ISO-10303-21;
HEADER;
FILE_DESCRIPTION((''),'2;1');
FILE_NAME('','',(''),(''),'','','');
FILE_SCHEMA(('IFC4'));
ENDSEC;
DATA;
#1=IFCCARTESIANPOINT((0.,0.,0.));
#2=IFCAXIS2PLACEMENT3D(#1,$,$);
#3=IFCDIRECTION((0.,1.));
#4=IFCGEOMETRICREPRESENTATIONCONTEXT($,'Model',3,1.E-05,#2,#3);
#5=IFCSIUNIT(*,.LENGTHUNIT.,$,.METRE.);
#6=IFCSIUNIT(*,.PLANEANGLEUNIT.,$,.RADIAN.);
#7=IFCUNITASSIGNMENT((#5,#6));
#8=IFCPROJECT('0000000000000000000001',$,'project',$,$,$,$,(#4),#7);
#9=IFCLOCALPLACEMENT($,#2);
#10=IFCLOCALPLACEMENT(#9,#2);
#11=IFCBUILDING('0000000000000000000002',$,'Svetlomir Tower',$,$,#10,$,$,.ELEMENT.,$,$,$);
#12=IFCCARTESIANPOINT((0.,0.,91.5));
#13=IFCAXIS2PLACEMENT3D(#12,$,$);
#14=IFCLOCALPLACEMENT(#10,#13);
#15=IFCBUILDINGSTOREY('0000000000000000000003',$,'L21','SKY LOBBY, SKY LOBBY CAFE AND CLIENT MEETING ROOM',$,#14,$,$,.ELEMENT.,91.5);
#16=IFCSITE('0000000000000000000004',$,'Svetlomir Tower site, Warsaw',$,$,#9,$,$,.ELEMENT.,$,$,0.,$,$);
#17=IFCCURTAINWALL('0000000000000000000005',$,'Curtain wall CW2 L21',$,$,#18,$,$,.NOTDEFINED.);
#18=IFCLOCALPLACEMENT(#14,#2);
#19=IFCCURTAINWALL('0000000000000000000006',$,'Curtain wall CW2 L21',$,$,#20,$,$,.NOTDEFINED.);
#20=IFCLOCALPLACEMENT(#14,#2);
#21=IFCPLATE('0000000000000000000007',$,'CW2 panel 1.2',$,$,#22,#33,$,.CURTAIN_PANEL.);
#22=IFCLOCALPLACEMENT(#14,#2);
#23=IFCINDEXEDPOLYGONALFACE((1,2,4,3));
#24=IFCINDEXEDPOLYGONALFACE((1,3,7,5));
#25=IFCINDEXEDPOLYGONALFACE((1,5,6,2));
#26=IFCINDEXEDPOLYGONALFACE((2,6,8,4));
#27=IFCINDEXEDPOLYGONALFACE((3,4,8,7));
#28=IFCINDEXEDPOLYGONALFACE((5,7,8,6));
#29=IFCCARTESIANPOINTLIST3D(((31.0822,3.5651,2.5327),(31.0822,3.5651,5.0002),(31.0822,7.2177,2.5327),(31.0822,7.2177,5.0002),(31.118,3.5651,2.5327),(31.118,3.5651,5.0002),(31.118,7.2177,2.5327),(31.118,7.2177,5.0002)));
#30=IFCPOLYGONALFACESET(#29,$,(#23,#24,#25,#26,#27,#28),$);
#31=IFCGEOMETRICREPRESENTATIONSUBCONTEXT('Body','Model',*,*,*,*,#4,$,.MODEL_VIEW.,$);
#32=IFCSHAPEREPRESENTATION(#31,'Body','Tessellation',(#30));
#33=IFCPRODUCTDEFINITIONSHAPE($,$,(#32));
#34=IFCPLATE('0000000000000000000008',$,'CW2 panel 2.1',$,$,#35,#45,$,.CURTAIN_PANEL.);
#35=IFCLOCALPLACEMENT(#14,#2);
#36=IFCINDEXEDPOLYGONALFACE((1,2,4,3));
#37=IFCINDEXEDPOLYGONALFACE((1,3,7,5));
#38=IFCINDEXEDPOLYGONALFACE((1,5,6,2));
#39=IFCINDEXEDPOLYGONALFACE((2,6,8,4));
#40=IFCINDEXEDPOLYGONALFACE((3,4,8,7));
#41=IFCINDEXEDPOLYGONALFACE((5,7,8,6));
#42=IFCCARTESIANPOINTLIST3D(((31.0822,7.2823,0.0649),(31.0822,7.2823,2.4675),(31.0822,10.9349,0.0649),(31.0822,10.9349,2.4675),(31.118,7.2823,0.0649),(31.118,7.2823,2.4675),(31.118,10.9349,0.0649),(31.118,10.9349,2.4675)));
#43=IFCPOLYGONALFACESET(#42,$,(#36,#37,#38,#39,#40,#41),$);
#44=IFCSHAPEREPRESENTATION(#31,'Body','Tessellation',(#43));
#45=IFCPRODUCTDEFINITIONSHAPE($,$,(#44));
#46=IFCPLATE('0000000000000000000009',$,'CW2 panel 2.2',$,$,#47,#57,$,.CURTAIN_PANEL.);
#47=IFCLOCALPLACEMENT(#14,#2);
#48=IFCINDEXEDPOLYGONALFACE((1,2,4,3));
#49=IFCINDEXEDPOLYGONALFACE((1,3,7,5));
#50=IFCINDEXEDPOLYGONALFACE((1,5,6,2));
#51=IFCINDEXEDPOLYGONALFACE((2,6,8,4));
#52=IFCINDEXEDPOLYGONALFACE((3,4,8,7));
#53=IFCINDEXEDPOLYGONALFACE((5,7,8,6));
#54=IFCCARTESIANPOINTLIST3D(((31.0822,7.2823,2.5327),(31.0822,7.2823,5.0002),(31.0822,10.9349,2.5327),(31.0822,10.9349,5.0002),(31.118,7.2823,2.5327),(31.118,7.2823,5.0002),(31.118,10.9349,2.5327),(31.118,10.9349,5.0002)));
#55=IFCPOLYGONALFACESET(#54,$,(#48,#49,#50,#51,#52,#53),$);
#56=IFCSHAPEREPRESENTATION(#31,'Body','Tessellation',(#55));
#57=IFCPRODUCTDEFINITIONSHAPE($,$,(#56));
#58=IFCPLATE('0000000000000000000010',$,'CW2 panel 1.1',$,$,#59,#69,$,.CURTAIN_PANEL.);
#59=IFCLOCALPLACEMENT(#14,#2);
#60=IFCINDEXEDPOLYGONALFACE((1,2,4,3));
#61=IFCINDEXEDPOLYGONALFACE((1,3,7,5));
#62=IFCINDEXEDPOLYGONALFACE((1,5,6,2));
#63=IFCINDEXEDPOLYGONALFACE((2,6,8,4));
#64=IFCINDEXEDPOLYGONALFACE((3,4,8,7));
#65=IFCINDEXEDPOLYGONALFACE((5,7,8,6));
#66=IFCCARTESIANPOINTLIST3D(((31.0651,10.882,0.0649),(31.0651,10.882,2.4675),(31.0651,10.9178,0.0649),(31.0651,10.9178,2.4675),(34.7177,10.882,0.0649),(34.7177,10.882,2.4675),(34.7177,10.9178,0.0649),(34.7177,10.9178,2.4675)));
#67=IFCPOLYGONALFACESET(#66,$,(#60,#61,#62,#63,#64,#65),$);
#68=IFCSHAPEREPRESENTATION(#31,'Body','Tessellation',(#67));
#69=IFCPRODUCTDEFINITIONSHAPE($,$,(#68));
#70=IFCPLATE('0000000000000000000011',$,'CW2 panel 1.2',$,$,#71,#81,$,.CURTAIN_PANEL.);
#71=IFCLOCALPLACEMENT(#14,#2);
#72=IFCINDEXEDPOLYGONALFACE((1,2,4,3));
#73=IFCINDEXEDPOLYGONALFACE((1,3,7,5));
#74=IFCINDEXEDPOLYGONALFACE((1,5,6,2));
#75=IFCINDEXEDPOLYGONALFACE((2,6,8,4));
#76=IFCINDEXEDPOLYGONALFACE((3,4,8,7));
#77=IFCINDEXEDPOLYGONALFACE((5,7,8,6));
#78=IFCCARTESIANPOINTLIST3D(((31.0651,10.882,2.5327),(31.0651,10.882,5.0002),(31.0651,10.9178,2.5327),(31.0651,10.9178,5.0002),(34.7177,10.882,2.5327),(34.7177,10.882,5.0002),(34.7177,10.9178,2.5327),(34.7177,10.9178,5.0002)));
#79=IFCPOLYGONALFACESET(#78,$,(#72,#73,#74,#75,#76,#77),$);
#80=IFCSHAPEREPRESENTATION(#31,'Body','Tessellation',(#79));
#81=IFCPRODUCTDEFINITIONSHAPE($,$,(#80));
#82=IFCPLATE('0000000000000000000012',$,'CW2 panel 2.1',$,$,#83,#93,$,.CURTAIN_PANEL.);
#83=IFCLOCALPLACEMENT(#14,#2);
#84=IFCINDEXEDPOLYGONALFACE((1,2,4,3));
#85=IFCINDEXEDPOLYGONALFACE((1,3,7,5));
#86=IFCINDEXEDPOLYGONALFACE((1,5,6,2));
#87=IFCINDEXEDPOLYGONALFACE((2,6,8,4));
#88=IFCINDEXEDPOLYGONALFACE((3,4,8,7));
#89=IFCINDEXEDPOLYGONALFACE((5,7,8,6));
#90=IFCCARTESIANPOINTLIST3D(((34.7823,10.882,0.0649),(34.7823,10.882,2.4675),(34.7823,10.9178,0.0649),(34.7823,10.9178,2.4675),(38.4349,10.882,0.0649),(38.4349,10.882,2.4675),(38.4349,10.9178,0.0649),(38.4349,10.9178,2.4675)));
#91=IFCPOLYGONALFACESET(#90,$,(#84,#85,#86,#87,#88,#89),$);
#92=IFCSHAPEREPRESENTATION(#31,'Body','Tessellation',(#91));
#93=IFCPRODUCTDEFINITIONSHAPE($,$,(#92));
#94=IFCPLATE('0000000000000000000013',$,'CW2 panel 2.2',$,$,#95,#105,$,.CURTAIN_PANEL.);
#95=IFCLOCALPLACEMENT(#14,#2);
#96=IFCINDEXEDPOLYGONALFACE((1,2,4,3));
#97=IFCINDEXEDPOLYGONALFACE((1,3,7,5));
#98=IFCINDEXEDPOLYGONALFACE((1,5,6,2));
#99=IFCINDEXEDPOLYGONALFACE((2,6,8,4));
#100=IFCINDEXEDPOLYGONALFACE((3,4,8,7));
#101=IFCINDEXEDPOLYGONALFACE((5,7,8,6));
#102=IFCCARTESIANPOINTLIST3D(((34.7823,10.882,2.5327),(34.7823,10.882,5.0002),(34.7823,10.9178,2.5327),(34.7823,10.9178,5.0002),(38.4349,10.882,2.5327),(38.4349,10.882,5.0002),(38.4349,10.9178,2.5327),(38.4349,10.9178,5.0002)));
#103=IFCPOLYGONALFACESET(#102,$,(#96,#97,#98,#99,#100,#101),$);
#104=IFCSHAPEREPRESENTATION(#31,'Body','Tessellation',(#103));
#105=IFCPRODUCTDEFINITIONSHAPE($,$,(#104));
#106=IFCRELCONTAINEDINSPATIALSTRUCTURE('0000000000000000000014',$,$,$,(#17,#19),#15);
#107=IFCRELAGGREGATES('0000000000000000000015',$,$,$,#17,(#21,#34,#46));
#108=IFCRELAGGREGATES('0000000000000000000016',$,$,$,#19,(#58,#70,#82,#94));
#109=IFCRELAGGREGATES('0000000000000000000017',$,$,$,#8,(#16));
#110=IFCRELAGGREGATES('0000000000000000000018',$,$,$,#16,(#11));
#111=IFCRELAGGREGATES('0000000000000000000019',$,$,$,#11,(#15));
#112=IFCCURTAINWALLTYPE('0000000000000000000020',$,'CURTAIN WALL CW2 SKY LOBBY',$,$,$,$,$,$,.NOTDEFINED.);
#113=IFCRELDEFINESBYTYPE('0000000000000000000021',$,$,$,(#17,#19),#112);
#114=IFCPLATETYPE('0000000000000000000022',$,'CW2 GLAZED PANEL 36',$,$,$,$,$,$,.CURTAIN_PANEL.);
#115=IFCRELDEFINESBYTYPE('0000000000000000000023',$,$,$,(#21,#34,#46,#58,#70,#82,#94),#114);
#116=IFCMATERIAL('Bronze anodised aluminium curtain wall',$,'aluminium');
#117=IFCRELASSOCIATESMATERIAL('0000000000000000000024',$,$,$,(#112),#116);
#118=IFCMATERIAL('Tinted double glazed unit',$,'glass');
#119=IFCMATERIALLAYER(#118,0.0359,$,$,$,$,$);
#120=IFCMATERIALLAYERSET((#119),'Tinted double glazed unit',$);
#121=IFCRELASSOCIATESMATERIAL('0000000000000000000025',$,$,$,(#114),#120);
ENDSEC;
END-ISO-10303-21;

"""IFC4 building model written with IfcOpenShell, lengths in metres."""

from ifc_helpers import new_model, si_unit, direction, frame, origin, origin_2d, place, context, subcontext, project, spatial, rectangle, extrude, material, layer, layer_set, type_object, element, aggregate, save


model = new_model("IFC4")

# Units and contexts
model_context = context("Model", 3, precision=1e-05, world=origin(), true_north=direction((0.0, 1.0)))
body_context = subcontext(model_context, "Body", "Model", "MODEL_VIEW")
ifc_project = project(units=[si_unit("LENGTHUNIT", "METRE"), si_unit("PLANEANGLEUNIT", "RADIAN")], contexts=[model_context])

# Site, building, storey
site_placement = place(None, origin())
site = spatial("IfcSite", under=ifc_project, at=site_placement, Name="Svetlomir Tower site, Warsaw", CompositionType="ELEMENT", RefElevation=0.0)
building_placement = place(site_placement, origin())
building = spatial("IfcBuilding", under=site, at=building_placement, Name="Svetlomir Tower", CompositionType="ELEMENT")
storey_placement = place(building_placement, frame((0.0, 0.0, 91.5)))
storey = spatial("IfcBuildingStorey", under=building, at=storey_placement, Name="L21", Description="SKY LOBBY, SKY LOBBY CAFE AND CLIENT MEETING ROOM", CompositionType="ELEMENT", Elevation=91.5)

# Curtain walls
ifc_material_1 = material(Name="Bronze anodised aluminium curtain wall", Category="aluminium")
curtain_wall_type = type_object("IfcCurtainWallType", Name="CURTAIN WALL CW2 SKY LOBBY", PredefinedType="NOTDEFINED", material=ifc_material_1)
curtain_wall_1_placement = place(storey_placement, origin())
curtain_wall_1 = element("IfcCurtainWall", 1, at=curtain_wall_1_placement, inside=storey, type_object=curtain_wall_type, Name="Curtain wall CW2 L21", PredefinedType="NOTDEFINED")
curtain_wall_2_placement = place(storey_placement, origin())
curtain_wall_2 = element("IfcCurtainWall", 2, at=curtain_wall_2_placement, inside=storey, type_object=curtain_wall_type, Name="Curtain wall CW2 L21", PredefinedType="NOTDEFINED")

# Plates
ifc_material_2 = material(Name="Tinted double glazed unit", Category="glass")
ifc_layer = layer(ifc_material_2, 0.0359)
ifc_layer_set = layer_set([ifc_layer], Name="Tinted double glazed unit")
plate_type = type_object("IfcPlateType", Name="CW2 GLAZED PANEL 36", PredefinedType="CURTAIN_PANEL", material=ifc_layer_set)
plate_1_placement = place(storey_placement, frame((31.1001, 5.3914, 2.5327), z_axis=(0.0, 0.0, 1.0), x_axis=(0.0, 1.0, 0.0)))
plate_1 = element("IfcPlate", 3, at=plate_1_placement, type_object=plate_type, Name="CW2 panel 1.2", PredefinedType="CURTAIN_PANEL", context=body_context, shape_type="SweptSolid", body=[
    extrude(rectangle(XDim=3.6526, YDim=0.0359, at=origin_2d()), origin(), (0.0, 0.0, 1.0), 2.4675),
])
plate_2_placement = place(storey_placement, frame((31.1001, 9.1086, 0.0649), z_axis=(0.0, 0.0, 1.0), x_axis=(0.0, 1.0, 0.0)))
plate_2 = element("IfcPlate", 4, at=plate_2_placement, type_object=plate_type, Name="CW2 panel 2.1", PredefinedType="CURTAIN_PANEL", context=body_context, shape_type="SweptSolid", body=[
    extrude(rectangle(XDim=3.6526, YDim=0.0359, at=origin_2d()), origin(), (0.0, 0.0, 1.0), 2.4026),
])
plate_3_placement = place(storey_placement, frame((31.1001, 9.1086, 2.5327), z_axis=(0.0, 0.0, 1.0), x_axis=(0.0, 1.0, 0.0)))
plate_3 = element("IfcPlate", 5, at=plate_3_placement, type_object=plate_type, Name="CW2 panel 2.2", PredefinedType="CURTAIN_PANEL", context=body_context, shape_type="SweptSolid", body=[
    extrude(rectangle(XDim=3.6526, YDim=0.0359, at=origin_2d()), origin(), (0.0, 0.0, 1.0), 2.4675),
])
aggregate(curtain_wall_1, [plate_1, plate_2, plate_3])
plate_4_placement = place(storey_placement, frame((32.8914, 10.8999, 0.0649), z_axis=(0.0, 0.0, 1.0), x_axis=(1.0, 0.0, 0.0)))
plate_4 = element("IfcPlate", 6, at=plate_4_placement, type_object=plate_type, Name="CW2 panel 1.1", PredefinedType="CURTAIN_PANEL", context=body_context, shape_type="SweptSolid", body=[
    extrude(rectangle(XDim=3.6526, YDim=0.0359, at=origin_2d()), origin(), (0.0, 0.0, 1.0), 2.4026),
])
plate_5_placement = place(storey_placement, frame((32.8914, 10.8999, 2.5327), z_axis=(0.0, 0.0, 1.0), x_axis=(1.0, 0.0, 0.0)))
plate_5 = element("IfcPlate", 7, at=plate_5_placement, type_object=plate_type, Name="CW2 panel 1.2", PredefinedType="CURTAIN_PANEL", context=body_context, shape_type="SweptSolid", body=[
    extrude(rectangle(XDim=3.6526, YDim=0.0359, at=origin_2d()), origin(), (0.0, 0.0, 1.0), 2.4675),
])
plate_6_placement = place(storey_placement, frame((36.6086, 10.8999, 0.0649), z_axis=(0.0, 0.0, 1.0), x_axis=(1.0, 0.0, 0.0)))
plate_6 = element("IfcPlate", 8, at=plate_6_placement, type_object=plate_type, Name="CW2 panel 2.1", PredefinedType="CURTAIN_PANEL", context=body_context, shape_type="SweptSolid", body=[
    extrude(rectangle(XDim=3.6526, YDim=0.0359, at=origin_2d()), origin(), (0.0, 0.0, 1.0), 2.4026),
])
plate_7_placement = place(storey_placement, frame((36.6086, 10.8999, 2.5327), z_axis=(0.0, 0.0, 1.0), x_axis=(1.0, 0.0, 0.0)))
plate_7 = element("IfcPlate", 9, at=plate_7_placement, type_object=plate_type, Name="CW2 panel 2.2", PredefinedType="CURTAIN_PANEL", context=body_context, shape_type="SweptSolid", body=[
    extrude(rectangle(XDim=3.6526, YDim=0.0359, at=origin_2d()), origin(), (0.0, 0.0, 1.0), 2.4675),
])
aggregate(curtain_wall_2, [plate_4, plate_5, plate_6, plate_7])

save(model, "model.ifc")
